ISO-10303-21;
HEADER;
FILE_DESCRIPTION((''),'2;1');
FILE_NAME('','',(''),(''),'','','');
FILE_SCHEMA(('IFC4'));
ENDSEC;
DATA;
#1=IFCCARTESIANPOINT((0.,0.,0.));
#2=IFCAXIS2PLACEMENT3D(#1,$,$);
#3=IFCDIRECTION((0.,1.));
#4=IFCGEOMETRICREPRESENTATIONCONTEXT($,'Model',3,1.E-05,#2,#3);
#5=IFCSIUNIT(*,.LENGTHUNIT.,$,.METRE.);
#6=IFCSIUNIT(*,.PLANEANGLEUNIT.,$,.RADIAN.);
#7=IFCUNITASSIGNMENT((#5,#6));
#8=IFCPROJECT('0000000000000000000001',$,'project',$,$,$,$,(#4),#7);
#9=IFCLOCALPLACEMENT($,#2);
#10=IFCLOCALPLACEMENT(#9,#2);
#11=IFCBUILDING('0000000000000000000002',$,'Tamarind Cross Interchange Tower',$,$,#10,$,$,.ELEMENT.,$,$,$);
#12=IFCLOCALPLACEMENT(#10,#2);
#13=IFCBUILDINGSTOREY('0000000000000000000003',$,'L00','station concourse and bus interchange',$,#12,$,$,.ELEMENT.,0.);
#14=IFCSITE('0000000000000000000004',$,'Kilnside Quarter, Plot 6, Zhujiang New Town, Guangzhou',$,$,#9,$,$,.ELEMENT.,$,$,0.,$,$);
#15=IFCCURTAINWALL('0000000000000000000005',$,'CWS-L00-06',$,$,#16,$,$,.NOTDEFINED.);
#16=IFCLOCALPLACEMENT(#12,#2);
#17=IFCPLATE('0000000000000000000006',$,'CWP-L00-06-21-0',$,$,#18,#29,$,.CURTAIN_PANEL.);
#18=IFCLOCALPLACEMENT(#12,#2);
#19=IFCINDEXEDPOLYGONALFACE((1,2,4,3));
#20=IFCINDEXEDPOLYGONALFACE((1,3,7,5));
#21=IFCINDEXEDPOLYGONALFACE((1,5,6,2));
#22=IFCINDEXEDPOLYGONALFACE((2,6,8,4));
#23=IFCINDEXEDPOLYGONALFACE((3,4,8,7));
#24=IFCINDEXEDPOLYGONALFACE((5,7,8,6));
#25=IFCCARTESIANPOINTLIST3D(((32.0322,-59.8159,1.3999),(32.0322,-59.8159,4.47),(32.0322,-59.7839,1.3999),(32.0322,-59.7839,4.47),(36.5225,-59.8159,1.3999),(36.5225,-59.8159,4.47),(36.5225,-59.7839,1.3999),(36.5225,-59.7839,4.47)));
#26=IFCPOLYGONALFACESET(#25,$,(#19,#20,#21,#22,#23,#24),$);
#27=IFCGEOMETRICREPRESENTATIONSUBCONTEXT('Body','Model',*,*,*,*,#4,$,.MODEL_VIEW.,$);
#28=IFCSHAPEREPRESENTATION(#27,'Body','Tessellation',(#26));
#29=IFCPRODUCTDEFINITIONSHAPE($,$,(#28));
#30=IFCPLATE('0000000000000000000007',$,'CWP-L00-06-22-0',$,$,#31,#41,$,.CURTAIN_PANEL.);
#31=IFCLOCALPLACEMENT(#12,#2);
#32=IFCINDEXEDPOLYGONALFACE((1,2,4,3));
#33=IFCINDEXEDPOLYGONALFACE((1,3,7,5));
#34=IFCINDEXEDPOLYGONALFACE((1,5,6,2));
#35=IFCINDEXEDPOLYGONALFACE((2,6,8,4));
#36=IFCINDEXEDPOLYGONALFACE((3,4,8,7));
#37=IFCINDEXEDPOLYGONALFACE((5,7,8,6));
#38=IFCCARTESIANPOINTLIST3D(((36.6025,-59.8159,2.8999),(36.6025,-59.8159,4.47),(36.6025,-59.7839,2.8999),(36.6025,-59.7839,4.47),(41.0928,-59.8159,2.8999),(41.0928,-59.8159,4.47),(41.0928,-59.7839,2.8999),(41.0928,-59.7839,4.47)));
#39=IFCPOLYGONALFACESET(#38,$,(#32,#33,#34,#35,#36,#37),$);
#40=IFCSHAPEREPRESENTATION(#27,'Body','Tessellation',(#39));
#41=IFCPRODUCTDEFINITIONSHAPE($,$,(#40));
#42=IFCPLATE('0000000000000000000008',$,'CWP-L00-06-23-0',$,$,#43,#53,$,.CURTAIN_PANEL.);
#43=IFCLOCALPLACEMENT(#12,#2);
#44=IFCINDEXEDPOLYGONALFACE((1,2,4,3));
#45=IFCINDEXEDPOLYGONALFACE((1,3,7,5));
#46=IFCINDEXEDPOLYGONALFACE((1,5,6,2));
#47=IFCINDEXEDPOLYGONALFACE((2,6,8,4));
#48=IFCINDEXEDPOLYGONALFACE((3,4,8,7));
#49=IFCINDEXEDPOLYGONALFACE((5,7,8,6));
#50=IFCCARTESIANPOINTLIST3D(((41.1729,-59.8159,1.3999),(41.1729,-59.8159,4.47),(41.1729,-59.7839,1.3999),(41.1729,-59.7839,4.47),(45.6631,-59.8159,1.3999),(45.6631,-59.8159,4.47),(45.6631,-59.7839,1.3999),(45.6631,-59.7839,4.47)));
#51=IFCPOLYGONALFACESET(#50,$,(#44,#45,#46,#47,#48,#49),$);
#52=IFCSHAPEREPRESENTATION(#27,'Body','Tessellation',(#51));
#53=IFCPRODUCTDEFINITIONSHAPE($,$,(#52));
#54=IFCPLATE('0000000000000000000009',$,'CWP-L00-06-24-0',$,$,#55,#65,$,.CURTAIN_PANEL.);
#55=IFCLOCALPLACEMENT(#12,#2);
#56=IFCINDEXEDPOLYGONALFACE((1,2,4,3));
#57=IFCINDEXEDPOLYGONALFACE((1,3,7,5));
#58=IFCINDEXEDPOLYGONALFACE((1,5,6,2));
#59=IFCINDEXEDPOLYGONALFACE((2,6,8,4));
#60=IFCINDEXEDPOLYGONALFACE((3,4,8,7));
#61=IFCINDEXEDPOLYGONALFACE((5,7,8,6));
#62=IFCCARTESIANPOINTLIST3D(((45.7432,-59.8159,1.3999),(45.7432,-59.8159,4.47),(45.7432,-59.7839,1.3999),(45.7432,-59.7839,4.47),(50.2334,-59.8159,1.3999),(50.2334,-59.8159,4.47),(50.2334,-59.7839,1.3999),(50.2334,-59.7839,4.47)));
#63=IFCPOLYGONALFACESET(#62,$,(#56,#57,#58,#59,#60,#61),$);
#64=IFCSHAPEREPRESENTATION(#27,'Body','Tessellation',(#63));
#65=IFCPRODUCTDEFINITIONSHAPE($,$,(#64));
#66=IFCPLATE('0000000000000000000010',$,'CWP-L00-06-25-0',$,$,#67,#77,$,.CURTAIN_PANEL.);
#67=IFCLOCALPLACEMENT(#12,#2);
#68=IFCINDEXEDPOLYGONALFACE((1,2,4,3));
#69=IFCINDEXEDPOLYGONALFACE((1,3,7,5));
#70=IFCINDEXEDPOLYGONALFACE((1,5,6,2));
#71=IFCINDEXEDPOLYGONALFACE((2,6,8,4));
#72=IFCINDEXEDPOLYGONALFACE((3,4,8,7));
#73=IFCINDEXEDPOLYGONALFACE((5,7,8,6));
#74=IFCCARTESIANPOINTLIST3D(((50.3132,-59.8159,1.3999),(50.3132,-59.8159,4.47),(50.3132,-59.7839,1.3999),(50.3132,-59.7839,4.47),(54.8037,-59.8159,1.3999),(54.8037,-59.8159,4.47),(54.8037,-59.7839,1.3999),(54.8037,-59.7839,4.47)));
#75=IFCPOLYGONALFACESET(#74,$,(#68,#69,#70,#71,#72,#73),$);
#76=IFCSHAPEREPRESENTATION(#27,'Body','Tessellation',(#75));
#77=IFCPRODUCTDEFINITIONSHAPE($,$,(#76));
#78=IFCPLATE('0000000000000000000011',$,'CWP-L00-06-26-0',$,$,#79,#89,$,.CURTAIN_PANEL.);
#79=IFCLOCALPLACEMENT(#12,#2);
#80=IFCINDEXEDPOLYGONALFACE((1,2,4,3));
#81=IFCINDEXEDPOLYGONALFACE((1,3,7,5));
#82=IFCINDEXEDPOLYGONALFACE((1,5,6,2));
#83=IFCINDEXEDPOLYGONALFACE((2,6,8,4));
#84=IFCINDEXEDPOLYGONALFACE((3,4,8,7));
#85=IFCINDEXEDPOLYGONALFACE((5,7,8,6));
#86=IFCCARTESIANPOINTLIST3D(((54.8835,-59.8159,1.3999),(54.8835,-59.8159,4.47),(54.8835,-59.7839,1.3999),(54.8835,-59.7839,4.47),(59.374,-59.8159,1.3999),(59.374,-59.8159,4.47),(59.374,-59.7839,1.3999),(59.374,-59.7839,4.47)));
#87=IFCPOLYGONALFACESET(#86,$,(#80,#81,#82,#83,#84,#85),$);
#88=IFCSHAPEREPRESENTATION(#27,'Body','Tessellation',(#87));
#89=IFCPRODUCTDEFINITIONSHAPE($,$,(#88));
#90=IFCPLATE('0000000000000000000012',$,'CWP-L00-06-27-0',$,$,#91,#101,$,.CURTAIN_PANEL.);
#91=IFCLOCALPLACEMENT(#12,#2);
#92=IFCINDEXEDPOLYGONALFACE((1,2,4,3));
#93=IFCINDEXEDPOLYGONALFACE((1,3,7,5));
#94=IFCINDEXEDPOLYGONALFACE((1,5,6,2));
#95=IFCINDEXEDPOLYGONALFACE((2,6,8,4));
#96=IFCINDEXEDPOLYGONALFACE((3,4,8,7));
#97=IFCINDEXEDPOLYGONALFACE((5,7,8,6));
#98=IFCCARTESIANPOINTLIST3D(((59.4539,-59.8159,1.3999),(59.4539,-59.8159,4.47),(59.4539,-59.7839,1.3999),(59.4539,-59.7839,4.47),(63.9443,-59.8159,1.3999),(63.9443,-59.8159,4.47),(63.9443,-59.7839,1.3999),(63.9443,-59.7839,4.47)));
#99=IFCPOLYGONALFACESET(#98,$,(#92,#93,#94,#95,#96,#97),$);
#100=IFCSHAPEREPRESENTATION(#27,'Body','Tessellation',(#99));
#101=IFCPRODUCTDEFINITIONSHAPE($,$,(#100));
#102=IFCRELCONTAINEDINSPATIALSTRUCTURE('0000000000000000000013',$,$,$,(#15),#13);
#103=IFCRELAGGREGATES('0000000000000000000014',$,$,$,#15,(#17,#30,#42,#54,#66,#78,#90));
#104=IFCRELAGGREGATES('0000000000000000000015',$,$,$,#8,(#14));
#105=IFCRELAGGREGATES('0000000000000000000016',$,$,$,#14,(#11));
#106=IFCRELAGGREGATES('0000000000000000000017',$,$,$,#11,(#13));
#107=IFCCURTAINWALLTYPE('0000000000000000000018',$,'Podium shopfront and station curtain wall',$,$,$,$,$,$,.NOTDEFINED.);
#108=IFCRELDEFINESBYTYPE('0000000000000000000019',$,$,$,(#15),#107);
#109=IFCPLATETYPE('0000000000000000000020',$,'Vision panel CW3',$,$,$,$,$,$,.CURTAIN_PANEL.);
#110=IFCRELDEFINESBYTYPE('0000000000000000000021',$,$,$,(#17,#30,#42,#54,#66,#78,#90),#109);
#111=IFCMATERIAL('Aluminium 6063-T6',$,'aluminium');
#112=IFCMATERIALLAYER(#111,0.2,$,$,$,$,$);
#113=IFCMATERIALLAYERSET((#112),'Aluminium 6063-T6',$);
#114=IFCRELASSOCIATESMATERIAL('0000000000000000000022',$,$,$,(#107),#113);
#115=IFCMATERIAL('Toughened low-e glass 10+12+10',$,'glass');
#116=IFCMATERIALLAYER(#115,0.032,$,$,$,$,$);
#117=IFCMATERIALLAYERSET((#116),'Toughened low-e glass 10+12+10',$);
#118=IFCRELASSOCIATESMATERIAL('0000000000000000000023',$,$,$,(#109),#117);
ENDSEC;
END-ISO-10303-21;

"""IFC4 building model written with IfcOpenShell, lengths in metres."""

from ifc_helpers import new_model, si_unit, direction, frame, origin, place, context, subcontext, project, spatial, polyline, outline, extrude, material, layer, layer_set, type_object, element, aggregate, save


model = new_model("IFC4")

# Units and contexts
model_context = context("Model", 3, precision=1e-05, world=origin(), true_north=direction((0.0, 1.0)))
body_context = subcontext(model_context, "Body", "Model", "MODEL_VIEW")
ifc_project = project(units=[si_unit("LENGTHUNIT", "METRE"), si_unit("PLANEANGLEUNIT", "RADIAN")], contexts=[model_context])

# Site, building, storey
site_placement = place(None, origin())
site = spatial("IfcSite", under=ifc_project, at=site_placement, Name="Kilnside Quarter, Plot 6, Zhujiang New Town, Guangzhou", CompositionType="ELEMENT", RefElevation=0.0)
building_placement = place(site_placement, origin())
building = spatial("IfcBuilding", under=site, at=building_placement, Name="Tamarind Cross Interchange Tower", CompositionType="ELEMENT")
storey_placement = place(building_placement, origin())
storey = spatial("IfcBuildingStorey", under=building, at=storey_placement, Name="L00", Description="station concourse and bus interchange", CompositionType="ELEMENT", Elevation=0.0)

# Curtain wall, plates
ifc_material_1 = material(Name="Aluminium 6063-T6", Category="aluminium")
ifc_layer_1 = layer(ifc_material_1, 0.2)
ifc_layer_set_1 = layer_set([ifc_layer_1], Name="Aluminium 6063-T6")
curtain_wall_type = type_object("IfcCurtainWallType", Name="Podium shopfront and station curtain wall", PredefinedType="NOTDEFINED", material=ifc_layer_set_1)
curtain_wall_placement = place(storey_placement, origin())
curtain_wall = element("IfcCurtainWall", 1, at=curtain_wall_placement, inside=storey, type_object=curtain_wall_type, Name="CWS-L00-06", PredefinedType="NOTDEFINED")
ifc_material_2 = material(Name="Toughened low-e glass 10+12+10", Category="glass")
ifc_layer_2 = layer(ifc_material_2, 0.032)
ifc_layer_set_2 = layer_set([ifc_layer_2], Name="Toughened low-e glass 10+12+10")
plate_type = type_object("IfcPlateType", Name="Vision panel CW3", PredefinedType="CURTAIN_PANEL", material=ifc_layer_set_2)
plate_1_placement = place(storey_placement, frame((0.0, 0.0, 1.3999)))
plate_1 = element("IfcPlate", 2, at=plate_1_placement, type_object=plate_type, Name="CWP-L00-06-21-0", PredefinedType="CURTAIN_PANEL", context=body_context, shape_type="SweptSolid", body=[
    extrude(outline(polyline([(32.0322, -59.7839), (36.5225, -59.7839), (36.5225, -59.8159), (32.0322, -59.8159), (32.0322, -59.7839)])), origin(), (0.0, 0.0, 1.0), 3.0701),
])
plate_2_placement = place(storey_placement, frame((0.0, 0.0, 2.8999)))
plate_2 = element("IfcPlate", 3, at=plate_2_placement, type_object=plate_type, Name="CWP-L00-06-22-0", PredefinedType="CURTAIN_PANEL", context=body_context, shape_type="SweptSolid", body=[
    extrude(outline(polyline([(36.6025, -59.7839), (41.0928, -59.7839), (41.0928, -59.8159), (36.6025, -59.8159), (36.6025, -59.7839)])), origin(), (0.0, 0.0, 1.0), 1.5701),
])
plate_3_placement = place(storey_placement, frame((0.0, 0.0, 1.3999)))
plate_3 = element("IfcPlate", 4, at=plate_3_placement, type_object=plate_type, Name="CWP-L00-06-23-0", PredefinedType="CURTAIN_PANEL", context=body_context, shape_type="SweptSolid", body=[
    extrude(outline(polyline([(41.1729, -59.7839), (45.6631, -59.7839), (45.6631, -59.8159), (41.1729, -59.8159), (41.1729, -59.7839)])), origin(), (0.0, 0.0, 1.0), 3.0701),
])
plate_4_placement = place(storey_placement, frame((0.0, 0.0, 1.3999)))
plate_4 = element("IfcPlate", 5, at=plate_4_placement, type_object=plate_type, Name="CWP-L00-06-24-0", PredefinedType="CURTAIN_PANEL", context=body_context, shape_type="SweptSolid", body=[
    extrude(outline(polyline([(45.7432, -59.7839), (50.2334, -59.7839), (50.2334, -59.8159), (45.7432, -59.8159), (45.7432, -59.7839)])), origin(), (0.0, 0.0, 1.0), 3.0701),
])
plate_5_placement = place(storey_placement, frame((0.0, 0.0, 1.3999)))
plate_5 = element("IfcPlate", 6, at=plate_5_placement, type_object=plate_type, Name="CWP-L00-06-25-0", PredefinedType="CURTAIN_PANEL", context=body_context, shape_type="SweptSolid", body=[
    extrude(outline(polyline([(50.3132, -59.7839), (54.8037, -59.7839), (54.8037, -59.8159), (50.3132, -59.8159), (50.3132, -59.7839)])), origin(), (0.0, 0.0, 1.0), 3.0701),
])
plate_6_placement = place(storey_placement, frame((0.0, 0.0, 1.3999)))
plate_6 = element("IfcPlate", 7, at=plate_6_placement, type_object=plate_type, Name="CWP-L00-06-26-0", PredefinedType="CURTAIN_PANEL", context=body_context, shape_type="SweptSolid", body=[
    extrude(outline(polyline([(54.8835, -59.7839), (59.374, -59.7839), (59.374, -59.8159), (54.8835, -59.8159), (54.8835, -59.7839)])), origin(), (0.0, 0.0, 1.0), 3.0701),
])
plate_7_placement = place(storey_placement, frame((0.0, 0.0, 1.3999)))
plate_7 = element("IfcPlate", 8, at=plate_7_placement, type_object=plate_type, Name="CWP-L00-06-27-0", PredefinedType="CURTAIN_PANEL", context=body_context, shape_type="SweptSolid", body=[
    extrude(outline(polyline([(59.4539, -59.7839), (63.9443, -59.7839), (63.9443, -59.8159), (59.4539, -59.8159), (59.4539, -59.7839)])), origin(), (0.0, 0.0, 1.0), 3.0701),
])
aggregate(curtain_wall, [plate_1, plate_2, plate_3, plate_4, plate_5, plate_6, plate_7])

save(model, "model.ifc")
